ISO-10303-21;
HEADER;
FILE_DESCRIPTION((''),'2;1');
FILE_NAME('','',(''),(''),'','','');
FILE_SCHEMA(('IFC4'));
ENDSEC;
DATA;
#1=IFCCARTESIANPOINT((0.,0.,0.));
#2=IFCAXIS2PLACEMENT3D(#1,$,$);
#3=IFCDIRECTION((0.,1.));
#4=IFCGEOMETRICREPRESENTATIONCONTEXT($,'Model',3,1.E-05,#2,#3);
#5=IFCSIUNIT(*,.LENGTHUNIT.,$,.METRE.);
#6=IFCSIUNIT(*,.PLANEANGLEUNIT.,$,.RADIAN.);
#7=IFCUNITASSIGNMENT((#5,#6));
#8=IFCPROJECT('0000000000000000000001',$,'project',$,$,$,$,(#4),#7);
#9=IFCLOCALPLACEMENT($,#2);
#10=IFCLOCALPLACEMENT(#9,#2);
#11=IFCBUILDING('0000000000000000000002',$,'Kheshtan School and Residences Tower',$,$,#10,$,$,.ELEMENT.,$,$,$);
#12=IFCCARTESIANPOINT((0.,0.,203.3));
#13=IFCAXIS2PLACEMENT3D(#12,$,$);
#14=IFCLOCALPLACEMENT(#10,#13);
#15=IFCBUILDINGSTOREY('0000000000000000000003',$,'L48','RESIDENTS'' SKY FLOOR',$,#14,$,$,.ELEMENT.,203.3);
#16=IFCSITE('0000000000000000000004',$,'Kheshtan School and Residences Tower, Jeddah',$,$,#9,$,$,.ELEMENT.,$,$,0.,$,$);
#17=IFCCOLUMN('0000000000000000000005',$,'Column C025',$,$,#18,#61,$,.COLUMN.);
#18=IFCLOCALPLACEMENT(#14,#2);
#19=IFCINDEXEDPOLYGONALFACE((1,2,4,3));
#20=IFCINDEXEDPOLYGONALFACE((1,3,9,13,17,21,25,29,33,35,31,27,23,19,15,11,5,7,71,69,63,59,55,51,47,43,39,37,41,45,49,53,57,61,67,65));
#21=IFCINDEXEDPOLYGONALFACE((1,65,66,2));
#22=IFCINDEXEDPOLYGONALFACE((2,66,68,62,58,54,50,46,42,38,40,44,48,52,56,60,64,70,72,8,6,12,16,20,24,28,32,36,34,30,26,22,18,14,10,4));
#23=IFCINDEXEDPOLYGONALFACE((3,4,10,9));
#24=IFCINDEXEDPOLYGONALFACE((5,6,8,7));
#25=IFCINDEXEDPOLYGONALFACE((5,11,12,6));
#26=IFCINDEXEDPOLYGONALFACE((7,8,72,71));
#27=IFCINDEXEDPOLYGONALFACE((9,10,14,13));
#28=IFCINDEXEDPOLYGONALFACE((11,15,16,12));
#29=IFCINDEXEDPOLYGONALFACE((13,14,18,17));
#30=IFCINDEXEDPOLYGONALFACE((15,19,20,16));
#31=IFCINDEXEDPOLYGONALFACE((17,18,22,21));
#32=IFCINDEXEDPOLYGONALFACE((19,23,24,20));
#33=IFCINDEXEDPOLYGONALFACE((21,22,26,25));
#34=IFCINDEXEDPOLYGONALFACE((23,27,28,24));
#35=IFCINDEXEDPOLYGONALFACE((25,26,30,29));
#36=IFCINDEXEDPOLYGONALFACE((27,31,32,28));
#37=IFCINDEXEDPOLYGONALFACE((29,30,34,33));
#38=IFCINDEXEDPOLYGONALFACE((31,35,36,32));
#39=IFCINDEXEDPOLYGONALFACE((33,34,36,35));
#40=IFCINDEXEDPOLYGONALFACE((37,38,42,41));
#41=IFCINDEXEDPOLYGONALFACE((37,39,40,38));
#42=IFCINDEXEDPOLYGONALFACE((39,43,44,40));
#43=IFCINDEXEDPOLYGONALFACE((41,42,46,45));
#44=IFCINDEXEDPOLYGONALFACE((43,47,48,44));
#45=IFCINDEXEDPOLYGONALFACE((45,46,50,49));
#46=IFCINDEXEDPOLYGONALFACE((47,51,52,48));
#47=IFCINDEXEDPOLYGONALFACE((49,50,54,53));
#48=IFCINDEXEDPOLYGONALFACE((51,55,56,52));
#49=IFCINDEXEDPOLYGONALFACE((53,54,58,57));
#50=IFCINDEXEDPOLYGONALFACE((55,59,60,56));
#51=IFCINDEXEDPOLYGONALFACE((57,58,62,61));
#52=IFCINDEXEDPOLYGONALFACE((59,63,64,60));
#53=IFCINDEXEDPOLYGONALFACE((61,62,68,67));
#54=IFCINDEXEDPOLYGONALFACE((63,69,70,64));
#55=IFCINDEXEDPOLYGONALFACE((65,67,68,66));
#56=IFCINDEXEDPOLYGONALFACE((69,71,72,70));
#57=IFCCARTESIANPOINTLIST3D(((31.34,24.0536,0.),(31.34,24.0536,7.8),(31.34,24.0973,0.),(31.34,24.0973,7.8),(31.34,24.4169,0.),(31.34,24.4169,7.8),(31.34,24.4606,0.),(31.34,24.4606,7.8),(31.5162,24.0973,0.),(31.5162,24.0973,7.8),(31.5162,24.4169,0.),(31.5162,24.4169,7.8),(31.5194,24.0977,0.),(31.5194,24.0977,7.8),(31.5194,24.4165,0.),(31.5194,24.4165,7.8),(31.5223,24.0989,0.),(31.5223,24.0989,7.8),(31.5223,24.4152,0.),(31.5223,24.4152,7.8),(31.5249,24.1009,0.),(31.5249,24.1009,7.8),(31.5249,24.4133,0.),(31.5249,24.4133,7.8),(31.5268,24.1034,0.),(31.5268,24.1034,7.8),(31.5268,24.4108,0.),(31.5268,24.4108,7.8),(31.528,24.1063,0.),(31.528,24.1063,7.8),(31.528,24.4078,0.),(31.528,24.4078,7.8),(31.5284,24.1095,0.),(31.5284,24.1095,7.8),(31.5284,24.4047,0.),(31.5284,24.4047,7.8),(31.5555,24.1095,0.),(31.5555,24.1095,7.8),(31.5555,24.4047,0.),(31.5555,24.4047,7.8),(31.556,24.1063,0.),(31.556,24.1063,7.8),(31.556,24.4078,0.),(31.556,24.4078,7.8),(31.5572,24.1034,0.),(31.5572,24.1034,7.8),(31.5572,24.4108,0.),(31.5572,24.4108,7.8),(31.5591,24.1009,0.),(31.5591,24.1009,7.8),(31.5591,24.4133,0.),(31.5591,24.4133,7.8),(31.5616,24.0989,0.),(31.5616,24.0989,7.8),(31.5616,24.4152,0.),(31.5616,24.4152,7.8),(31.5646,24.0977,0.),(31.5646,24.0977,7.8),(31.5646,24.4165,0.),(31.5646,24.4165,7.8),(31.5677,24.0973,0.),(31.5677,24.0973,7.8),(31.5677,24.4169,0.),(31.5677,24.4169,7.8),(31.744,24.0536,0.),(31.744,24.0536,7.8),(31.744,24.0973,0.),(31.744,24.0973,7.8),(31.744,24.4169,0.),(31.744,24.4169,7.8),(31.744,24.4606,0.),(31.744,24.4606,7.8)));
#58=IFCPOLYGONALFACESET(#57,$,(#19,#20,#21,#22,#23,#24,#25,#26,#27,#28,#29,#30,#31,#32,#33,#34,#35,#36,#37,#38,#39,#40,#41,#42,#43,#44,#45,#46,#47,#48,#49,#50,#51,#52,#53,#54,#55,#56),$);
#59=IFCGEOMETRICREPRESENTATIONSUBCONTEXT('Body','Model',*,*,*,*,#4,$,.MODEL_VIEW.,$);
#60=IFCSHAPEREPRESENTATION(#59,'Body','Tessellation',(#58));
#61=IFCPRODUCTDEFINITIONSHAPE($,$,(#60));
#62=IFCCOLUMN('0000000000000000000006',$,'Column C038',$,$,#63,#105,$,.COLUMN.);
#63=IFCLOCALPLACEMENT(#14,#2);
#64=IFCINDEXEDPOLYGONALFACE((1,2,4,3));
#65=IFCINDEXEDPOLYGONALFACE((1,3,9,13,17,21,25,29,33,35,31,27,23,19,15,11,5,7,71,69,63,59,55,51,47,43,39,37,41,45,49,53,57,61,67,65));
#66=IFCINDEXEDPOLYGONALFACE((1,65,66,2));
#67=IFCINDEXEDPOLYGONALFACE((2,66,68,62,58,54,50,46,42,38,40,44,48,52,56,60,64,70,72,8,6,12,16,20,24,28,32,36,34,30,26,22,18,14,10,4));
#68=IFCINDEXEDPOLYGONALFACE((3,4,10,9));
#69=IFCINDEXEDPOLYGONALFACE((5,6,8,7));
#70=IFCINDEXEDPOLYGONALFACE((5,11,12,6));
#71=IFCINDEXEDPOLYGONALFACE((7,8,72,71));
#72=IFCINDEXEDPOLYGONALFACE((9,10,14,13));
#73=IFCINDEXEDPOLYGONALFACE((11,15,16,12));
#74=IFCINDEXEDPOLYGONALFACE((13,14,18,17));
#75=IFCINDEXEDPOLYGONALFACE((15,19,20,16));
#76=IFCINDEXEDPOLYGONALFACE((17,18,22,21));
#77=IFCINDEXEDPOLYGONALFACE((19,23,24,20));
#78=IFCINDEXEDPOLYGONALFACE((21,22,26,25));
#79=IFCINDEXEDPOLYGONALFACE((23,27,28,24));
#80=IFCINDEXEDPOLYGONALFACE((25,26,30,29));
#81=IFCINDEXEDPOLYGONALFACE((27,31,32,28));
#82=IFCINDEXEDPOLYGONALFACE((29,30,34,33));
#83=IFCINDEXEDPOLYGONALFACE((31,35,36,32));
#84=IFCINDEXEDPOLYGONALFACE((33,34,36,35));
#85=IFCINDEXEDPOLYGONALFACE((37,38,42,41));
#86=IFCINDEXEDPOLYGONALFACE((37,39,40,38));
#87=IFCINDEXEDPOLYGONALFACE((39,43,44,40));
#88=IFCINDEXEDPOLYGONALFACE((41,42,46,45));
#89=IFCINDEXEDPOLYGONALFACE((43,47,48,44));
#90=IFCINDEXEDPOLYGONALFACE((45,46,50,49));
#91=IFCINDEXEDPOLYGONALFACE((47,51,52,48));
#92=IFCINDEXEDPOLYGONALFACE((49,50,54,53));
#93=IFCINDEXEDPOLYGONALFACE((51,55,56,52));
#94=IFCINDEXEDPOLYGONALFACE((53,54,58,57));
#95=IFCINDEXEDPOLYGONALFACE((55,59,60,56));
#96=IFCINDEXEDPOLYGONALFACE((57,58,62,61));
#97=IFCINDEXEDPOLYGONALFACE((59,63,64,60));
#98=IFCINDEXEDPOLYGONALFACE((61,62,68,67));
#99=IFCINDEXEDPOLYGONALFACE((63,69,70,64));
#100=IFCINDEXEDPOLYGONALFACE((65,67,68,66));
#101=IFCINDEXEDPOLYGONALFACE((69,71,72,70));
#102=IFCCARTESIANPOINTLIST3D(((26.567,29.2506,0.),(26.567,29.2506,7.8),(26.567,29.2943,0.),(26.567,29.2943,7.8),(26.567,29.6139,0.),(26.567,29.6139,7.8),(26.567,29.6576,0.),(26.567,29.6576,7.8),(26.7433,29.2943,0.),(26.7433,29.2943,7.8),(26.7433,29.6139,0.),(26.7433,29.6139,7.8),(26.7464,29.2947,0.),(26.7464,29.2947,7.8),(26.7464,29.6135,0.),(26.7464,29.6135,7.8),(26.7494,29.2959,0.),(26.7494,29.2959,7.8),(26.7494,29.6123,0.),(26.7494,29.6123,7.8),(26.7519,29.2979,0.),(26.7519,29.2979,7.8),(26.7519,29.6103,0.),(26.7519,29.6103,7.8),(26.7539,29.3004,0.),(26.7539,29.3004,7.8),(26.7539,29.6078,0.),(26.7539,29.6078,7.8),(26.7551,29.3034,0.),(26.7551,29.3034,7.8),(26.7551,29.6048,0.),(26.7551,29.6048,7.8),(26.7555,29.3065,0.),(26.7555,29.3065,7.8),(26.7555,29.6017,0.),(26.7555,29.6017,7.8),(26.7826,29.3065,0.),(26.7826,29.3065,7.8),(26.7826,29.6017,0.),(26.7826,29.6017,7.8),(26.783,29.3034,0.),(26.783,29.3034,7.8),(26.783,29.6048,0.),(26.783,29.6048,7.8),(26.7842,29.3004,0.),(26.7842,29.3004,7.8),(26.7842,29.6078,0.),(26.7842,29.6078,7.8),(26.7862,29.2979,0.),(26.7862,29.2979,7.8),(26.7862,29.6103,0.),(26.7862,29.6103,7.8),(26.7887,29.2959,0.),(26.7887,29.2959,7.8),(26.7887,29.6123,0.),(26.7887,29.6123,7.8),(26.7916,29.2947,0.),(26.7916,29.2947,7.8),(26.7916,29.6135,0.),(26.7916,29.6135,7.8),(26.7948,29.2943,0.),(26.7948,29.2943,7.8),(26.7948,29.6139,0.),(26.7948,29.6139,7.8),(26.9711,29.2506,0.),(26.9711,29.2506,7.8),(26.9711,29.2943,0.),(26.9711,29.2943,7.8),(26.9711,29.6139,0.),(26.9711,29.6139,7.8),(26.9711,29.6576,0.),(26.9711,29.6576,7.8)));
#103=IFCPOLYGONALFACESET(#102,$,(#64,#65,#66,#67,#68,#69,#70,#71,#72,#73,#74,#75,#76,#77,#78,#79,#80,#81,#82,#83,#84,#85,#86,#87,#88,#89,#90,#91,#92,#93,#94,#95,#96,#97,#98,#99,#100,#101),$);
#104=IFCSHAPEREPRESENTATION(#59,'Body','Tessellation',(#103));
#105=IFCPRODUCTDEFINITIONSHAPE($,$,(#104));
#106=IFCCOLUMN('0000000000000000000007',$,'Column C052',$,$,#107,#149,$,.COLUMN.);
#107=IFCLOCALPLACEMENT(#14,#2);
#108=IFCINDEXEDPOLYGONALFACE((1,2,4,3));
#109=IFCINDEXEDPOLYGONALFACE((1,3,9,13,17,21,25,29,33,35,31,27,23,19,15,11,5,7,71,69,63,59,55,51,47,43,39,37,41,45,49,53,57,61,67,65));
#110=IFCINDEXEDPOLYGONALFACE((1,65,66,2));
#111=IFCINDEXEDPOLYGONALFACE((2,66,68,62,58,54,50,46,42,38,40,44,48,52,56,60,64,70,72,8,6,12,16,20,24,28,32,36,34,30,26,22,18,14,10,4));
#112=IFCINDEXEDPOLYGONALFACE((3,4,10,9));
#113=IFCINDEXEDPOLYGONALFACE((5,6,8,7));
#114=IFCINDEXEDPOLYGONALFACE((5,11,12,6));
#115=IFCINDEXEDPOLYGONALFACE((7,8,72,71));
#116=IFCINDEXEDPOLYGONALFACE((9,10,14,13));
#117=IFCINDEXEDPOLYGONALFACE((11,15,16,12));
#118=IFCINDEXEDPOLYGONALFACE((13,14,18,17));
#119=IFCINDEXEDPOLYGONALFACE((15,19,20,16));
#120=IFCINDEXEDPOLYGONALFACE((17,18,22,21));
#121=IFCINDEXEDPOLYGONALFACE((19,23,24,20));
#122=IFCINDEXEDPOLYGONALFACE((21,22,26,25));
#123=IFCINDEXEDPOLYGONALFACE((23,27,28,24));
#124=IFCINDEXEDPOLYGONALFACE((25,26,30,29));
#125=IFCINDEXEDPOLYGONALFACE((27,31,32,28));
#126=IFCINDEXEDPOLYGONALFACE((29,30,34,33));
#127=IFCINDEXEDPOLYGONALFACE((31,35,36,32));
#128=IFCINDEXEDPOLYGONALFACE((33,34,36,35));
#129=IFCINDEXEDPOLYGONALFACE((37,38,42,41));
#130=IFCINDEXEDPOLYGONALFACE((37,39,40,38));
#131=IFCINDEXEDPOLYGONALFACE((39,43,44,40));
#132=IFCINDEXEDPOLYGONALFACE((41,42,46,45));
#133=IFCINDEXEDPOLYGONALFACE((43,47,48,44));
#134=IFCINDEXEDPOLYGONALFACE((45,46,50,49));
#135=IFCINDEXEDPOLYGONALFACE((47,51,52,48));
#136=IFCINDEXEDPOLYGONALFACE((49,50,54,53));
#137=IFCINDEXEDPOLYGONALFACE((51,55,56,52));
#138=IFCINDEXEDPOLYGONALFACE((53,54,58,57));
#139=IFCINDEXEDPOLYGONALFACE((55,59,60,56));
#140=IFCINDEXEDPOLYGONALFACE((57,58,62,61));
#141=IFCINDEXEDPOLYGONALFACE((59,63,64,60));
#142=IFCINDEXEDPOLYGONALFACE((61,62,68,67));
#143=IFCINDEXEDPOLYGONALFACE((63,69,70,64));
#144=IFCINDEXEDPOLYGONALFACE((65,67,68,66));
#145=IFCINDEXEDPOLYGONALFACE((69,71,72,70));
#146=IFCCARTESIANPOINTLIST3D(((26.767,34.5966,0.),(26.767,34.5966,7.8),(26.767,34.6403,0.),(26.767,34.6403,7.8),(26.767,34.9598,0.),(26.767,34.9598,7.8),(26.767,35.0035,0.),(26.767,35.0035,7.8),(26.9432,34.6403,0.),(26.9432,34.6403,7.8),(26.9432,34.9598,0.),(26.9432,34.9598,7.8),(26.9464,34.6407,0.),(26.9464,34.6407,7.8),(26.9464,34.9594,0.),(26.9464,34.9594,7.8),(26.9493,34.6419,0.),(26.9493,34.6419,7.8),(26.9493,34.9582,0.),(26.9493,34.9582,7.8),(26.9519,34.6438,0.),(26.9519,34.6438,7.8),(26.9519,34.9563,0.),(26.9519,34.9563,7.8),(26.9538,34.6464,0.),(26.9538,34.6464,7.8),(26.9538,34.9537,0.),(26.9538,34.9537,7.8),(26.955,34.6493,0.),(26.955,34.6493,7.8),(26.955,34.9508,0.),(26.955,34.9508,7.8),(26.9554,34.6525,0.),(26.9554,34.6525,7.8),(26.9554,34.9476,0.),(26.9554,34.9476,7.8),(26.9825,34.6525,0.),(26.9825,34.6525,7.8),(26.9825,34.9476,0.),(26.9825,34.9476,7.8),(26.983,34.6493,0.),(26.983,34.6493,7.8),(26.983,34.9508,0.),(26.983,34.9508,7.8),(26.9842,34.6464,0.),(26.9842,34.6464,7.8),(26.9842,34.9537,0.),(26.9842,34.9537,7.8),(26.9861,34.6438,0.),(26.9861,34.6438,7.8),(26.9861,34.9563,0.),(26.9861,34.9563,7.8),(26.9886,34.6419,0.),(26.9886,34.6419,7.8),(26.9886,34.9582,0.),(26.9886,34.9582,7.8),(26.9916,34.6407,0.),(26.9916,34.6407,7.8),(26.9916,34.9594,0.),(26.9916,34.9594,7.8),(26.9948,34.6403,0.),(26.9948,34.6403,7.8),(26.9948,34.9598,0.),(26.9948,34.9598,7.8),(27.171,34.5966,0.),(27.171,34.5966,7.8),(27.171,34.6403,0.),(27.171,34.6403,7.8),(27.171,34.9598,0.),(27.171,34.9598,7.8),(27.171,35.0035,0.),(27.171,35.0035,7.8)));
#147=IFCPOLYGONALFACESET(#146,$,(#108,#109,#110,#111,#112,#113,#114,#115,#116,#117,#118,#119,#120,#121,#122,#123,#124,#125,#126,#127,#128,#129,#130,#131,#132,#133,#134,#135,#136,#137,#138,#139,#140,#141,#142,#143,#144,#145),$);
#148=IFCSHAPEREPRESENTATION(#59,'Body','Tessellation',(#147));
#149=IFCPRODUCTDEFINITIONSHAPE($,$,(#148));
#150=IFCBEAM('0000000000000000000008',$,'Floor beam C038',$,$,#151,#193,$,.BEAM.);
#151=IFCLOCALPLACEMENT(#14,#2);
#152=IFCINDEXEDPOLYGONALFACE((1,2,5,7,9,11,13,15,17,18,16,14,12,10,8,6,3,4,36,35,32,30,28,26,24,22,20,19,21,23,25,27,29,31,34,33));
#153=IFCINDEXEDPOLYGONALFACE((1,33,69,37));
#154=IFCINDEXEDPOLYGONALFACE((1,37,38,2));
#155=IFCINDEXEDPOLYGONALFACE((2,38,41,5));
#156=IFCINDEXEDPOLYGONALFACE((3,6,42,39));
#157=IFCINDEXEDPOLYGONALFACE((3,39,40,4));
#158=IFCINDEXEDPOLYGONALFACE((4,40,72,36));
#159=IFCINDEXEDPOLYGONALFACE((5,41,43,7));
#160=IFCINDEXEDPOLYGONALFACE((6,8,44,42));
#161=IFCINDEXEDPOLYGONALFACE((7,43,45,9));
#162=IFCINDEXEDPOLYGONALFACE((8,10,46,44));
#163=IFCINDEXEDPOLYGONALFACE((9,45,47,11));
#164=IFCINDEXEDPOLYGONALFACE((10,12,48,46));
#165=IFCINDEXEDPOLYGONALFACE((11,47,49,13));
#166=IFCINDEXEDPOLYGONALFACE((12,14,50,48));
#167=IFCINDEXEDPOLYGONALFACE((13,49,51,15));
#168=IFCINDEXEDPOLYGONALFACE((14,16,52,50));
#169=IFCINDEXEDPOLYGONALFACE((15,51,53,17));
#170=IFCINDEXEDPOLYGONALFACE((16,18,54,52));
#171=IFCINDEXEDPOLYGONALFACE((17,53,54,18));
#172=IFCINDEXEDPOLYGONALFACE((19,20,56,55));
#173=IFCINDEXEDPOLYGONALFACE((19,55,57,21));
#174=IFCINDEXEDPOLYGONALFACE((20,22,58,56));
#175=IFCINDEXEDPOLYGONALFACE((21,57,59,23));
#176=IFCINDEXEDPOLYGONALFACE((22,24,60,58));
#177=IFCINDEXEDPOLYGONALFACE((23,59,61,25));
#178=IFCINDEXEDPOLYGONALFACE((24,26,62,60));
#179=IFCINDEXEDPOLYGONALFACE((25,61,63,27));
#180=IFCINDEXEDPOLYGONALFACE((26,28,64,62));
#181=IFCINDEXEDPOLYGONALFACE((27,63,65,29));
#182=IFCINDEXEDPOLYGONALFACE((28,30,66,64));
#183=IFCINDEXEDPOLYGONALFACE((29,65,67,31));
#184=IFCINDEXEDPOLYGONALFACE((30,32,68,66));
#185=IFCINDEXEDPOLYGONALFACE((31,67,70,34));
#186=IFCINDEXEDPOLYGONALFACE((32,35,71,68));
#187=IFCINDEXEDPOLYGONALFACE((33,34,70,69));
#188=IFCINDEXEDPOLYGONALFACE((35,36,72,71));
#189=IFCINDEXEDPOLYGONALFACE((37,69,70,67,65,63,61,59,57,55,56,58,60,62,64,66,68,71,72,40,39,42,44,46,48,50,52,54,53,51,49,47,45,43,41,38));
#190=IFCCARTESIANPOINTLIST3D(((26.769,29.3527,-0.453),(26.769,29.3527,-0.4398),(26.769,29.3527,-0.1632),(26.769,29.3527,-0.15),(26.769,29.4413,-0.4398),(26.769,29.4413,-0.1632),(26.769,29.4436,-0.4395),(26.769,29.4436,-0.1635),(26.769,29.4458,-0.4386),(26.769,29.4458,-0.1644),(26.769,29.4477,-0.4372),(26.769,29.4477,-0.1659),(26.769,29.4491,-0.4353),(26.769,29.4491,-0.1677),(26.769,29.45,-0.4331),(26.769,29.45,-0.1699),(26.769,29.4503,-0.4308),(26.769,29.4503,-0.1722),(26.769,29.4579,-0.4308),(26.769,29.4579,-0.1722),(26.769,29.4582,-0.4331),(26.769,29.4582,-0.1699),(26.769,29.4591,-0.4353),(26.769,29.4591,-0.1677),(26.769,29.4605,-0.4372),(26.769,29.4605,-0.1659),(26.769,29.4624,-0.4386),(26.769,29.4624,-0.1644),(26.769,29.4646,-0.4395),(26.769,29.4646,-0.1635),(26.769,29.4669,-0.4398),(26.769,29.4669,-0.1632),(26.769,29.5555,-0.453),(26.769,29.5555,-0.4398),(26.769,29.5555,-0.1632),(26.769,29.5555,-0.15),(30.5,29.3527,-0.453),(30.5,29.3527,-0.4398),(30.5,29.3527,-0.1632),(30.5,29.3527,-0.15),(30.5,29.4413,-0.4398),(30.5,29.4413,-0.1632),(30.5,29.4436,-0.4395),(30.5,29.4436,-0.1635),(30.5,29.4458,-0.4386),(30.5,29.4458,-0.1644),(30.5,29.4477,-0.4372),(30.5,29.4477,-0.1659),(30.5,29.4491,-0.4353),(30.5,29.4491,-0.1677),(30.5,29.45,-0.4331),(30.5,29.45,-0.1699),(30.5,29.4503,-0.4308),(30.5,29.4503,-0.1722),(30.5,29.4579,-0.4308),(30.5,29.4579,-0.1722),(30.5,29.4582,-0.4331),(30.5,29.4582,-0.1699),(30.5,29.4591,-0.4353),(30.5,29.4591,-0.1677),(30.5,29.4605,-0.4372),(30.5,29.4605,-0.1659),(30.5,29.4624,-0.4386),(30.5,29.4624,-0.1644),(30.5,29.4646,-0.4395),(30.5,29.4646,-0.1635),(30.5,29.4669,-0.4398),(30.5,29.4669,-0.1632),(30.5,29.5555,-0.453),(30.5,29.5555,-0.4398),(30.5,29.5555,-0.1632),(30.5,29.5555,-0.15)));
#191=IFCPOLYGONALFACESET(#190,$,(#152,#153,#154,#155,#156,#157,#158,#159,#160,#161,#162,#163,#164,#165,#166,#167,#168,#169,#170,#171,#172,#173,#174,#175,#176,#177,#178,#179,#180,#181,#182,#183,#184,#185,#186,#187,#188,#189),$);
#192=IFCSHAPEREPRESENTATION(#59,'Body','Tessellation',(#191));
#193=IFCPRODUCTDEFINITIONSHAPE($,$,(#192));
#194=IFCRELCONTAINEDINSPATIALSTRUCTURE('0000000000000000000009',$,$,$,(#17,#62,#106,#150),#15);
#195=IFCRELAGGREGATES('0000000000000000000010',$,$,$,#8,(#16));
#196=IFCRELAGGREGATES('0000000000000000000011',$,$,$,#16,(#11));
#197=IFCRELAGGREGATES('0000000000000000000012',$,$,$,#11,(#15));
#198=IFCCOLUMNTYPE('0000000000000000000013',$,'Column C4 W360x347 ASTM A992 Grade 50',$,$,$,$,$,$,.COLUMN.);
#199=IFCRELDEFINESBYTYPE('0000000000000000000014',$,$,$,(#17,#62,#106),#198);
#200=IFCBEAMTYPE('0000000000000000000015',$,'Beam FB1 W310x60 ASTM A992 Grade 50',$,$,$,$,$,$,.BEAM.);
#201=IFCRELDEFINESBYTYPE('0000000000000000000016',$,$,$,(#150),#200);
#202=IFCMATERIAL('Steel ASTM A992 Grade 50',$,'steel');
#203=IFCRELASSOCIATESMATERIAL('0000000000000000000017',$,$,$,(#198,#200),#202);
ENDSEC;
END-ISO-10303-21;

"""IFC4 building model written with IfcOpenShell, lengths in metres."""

from ifc_helpers import new_model, si_unit, direction, frame, origin, origin_2d, place, context, subcontext, project, spatial, i_section, extrude, material, material_profile, profile_set, type_object, element, save


model = new_model("IFC4")

# Units and contexts
model_context = context("Model", 3, precision=1e-05, world=origin(), true_north=direction((0.0, 1.0)))
body_context = subcontext(model_context, "Body", "Model", "MODEL_VIEW")
ifc_project = project(units=[si_unit("LENGTHUNIT", "METRE"), si_unit("PLANEANGLEUNIT", "RADIAN")], contexts=[model_context])

# Site, building, storey
site_placement = place(None, origin())
site = spatial("IfcSite", under=ifc_project, at=site_placement, Name="Kheshtan School and Residences Tower, Jeddah", CompositionType="ELEMENT", RefElevation=0.0)
building_placement = place(site_placement, origin())
building = spatial("IfcBuilding", under=site, at=building_placement, Name="Kheshtan School and Residences Tower", CompositionType="ELEMENT")
storey_placement = place(building_placement, frame((0.0, 0.0, 203.3)))
storey = spatial("IfcBuildingStorey", under=building, at=storey_placement, Name="L48", Description="RESIDENTS' SKY FLOOR", CompositionType="ELEMENT", Elevation=203.3)

# Columns
ifc_material_1 = material(Name="Steel ASTM A992 Grade 50", Category="steel")
ifc_material_profile_1 = material_profile(ifc_material_1, i_section(OverallWidth=0.4041, OverallDepth=0.407, WebThickness=0.0271, FlangeThickness=0.0437, FilletRadius=0.0122, at=origin_2d()), Name="W360x347")
ifc_profile_set_1 = profile_set([ifc_material_profile_1], Name="Steel ASTM A992 Grade 50")
column_type = type_object("IfcColumnType", Name="Column C4 W360x347 ASTM A992 Grade 50", PredefinedType="COLUMN", material=ifc_profile_set_1)
for number, where, z_axis, x_axis, name in (
    (1, (31.542, 24.2571, 0.0), (0.0, 0.0, 1.0), (1.0, 0.0, 0.0), "Column C025"),
    (2, (26.769, 29.4541, 0.0), (0.0, 0.0, 1.0), (1.0, 0.0, 0.0), "Column C038"),
    (3, (26.969, 34.8, 0.0), (0.0, 0.0, 1.0), (1.0, 0.0, 0.0), "Column C052"),
):
    element("IfcColumn", number, at=place(storey_placement, frame(where, z_axis=z_axis, x_axis=x_axis)), inside=storey, type_object=column_type, Name=name, PredefinedType="COLUMN", context=body_context, shape_type="SweptSolid", body=[
        extrude(i_section(OverallWidth=0.4041, OverallDepth=0.407, WebThickness=0.0271, FlangeThickness=0.0437, FilletRadius=0.0122, at=origin_2d()), origin(), (0.0, 0.0, 1.0), 7.8),
    ])

# Beam
ifc_material_profile_2 = material_profile(ifc_material_1, i_section(OverallWidth=0.2029, OverallDepth=0.303, WebThickness=0.0076, FlangeThickness=0.0132, FilletRadius=0.009, at=origin_2d()), Name="W310x60")
ifc_profile_set_2 = profile_set([ifc_material_profile_2], Name="Steel ASTM A992 Grade 50")
beam_type_1 = type_object("IfcBeamType", Name="Beam FB1 W310x60 ASTM A992 Grade 50", PredefinedType="BEAM", material=ifc_profile_set_2)
beam_1_placement = place(storey_placement, frame((26.769, 29.4541, -0.3015), z_axis=(1.0, 0.0, 0.0), x_axis=(0.0, 1.0, 0.0)))
element("IfcBeam", 4, at=beam_1_placement, inside=storey, type_object=beam_type_1, Name="Floor beam C038", PredefinedType="BEAM", context=body_context, shape_type="SweptSolid", body=[
    extrude(i_section(OverallWidth=0.2029, OverallDepth=0.303, WebThickness=0.0076, FlangeThickness=0.0132, FilletRadius=0.009, at=origin_2d()), origin(), (0.0, 0.0, 1.0), 3.731),
])

save(model, "model.ifc")
